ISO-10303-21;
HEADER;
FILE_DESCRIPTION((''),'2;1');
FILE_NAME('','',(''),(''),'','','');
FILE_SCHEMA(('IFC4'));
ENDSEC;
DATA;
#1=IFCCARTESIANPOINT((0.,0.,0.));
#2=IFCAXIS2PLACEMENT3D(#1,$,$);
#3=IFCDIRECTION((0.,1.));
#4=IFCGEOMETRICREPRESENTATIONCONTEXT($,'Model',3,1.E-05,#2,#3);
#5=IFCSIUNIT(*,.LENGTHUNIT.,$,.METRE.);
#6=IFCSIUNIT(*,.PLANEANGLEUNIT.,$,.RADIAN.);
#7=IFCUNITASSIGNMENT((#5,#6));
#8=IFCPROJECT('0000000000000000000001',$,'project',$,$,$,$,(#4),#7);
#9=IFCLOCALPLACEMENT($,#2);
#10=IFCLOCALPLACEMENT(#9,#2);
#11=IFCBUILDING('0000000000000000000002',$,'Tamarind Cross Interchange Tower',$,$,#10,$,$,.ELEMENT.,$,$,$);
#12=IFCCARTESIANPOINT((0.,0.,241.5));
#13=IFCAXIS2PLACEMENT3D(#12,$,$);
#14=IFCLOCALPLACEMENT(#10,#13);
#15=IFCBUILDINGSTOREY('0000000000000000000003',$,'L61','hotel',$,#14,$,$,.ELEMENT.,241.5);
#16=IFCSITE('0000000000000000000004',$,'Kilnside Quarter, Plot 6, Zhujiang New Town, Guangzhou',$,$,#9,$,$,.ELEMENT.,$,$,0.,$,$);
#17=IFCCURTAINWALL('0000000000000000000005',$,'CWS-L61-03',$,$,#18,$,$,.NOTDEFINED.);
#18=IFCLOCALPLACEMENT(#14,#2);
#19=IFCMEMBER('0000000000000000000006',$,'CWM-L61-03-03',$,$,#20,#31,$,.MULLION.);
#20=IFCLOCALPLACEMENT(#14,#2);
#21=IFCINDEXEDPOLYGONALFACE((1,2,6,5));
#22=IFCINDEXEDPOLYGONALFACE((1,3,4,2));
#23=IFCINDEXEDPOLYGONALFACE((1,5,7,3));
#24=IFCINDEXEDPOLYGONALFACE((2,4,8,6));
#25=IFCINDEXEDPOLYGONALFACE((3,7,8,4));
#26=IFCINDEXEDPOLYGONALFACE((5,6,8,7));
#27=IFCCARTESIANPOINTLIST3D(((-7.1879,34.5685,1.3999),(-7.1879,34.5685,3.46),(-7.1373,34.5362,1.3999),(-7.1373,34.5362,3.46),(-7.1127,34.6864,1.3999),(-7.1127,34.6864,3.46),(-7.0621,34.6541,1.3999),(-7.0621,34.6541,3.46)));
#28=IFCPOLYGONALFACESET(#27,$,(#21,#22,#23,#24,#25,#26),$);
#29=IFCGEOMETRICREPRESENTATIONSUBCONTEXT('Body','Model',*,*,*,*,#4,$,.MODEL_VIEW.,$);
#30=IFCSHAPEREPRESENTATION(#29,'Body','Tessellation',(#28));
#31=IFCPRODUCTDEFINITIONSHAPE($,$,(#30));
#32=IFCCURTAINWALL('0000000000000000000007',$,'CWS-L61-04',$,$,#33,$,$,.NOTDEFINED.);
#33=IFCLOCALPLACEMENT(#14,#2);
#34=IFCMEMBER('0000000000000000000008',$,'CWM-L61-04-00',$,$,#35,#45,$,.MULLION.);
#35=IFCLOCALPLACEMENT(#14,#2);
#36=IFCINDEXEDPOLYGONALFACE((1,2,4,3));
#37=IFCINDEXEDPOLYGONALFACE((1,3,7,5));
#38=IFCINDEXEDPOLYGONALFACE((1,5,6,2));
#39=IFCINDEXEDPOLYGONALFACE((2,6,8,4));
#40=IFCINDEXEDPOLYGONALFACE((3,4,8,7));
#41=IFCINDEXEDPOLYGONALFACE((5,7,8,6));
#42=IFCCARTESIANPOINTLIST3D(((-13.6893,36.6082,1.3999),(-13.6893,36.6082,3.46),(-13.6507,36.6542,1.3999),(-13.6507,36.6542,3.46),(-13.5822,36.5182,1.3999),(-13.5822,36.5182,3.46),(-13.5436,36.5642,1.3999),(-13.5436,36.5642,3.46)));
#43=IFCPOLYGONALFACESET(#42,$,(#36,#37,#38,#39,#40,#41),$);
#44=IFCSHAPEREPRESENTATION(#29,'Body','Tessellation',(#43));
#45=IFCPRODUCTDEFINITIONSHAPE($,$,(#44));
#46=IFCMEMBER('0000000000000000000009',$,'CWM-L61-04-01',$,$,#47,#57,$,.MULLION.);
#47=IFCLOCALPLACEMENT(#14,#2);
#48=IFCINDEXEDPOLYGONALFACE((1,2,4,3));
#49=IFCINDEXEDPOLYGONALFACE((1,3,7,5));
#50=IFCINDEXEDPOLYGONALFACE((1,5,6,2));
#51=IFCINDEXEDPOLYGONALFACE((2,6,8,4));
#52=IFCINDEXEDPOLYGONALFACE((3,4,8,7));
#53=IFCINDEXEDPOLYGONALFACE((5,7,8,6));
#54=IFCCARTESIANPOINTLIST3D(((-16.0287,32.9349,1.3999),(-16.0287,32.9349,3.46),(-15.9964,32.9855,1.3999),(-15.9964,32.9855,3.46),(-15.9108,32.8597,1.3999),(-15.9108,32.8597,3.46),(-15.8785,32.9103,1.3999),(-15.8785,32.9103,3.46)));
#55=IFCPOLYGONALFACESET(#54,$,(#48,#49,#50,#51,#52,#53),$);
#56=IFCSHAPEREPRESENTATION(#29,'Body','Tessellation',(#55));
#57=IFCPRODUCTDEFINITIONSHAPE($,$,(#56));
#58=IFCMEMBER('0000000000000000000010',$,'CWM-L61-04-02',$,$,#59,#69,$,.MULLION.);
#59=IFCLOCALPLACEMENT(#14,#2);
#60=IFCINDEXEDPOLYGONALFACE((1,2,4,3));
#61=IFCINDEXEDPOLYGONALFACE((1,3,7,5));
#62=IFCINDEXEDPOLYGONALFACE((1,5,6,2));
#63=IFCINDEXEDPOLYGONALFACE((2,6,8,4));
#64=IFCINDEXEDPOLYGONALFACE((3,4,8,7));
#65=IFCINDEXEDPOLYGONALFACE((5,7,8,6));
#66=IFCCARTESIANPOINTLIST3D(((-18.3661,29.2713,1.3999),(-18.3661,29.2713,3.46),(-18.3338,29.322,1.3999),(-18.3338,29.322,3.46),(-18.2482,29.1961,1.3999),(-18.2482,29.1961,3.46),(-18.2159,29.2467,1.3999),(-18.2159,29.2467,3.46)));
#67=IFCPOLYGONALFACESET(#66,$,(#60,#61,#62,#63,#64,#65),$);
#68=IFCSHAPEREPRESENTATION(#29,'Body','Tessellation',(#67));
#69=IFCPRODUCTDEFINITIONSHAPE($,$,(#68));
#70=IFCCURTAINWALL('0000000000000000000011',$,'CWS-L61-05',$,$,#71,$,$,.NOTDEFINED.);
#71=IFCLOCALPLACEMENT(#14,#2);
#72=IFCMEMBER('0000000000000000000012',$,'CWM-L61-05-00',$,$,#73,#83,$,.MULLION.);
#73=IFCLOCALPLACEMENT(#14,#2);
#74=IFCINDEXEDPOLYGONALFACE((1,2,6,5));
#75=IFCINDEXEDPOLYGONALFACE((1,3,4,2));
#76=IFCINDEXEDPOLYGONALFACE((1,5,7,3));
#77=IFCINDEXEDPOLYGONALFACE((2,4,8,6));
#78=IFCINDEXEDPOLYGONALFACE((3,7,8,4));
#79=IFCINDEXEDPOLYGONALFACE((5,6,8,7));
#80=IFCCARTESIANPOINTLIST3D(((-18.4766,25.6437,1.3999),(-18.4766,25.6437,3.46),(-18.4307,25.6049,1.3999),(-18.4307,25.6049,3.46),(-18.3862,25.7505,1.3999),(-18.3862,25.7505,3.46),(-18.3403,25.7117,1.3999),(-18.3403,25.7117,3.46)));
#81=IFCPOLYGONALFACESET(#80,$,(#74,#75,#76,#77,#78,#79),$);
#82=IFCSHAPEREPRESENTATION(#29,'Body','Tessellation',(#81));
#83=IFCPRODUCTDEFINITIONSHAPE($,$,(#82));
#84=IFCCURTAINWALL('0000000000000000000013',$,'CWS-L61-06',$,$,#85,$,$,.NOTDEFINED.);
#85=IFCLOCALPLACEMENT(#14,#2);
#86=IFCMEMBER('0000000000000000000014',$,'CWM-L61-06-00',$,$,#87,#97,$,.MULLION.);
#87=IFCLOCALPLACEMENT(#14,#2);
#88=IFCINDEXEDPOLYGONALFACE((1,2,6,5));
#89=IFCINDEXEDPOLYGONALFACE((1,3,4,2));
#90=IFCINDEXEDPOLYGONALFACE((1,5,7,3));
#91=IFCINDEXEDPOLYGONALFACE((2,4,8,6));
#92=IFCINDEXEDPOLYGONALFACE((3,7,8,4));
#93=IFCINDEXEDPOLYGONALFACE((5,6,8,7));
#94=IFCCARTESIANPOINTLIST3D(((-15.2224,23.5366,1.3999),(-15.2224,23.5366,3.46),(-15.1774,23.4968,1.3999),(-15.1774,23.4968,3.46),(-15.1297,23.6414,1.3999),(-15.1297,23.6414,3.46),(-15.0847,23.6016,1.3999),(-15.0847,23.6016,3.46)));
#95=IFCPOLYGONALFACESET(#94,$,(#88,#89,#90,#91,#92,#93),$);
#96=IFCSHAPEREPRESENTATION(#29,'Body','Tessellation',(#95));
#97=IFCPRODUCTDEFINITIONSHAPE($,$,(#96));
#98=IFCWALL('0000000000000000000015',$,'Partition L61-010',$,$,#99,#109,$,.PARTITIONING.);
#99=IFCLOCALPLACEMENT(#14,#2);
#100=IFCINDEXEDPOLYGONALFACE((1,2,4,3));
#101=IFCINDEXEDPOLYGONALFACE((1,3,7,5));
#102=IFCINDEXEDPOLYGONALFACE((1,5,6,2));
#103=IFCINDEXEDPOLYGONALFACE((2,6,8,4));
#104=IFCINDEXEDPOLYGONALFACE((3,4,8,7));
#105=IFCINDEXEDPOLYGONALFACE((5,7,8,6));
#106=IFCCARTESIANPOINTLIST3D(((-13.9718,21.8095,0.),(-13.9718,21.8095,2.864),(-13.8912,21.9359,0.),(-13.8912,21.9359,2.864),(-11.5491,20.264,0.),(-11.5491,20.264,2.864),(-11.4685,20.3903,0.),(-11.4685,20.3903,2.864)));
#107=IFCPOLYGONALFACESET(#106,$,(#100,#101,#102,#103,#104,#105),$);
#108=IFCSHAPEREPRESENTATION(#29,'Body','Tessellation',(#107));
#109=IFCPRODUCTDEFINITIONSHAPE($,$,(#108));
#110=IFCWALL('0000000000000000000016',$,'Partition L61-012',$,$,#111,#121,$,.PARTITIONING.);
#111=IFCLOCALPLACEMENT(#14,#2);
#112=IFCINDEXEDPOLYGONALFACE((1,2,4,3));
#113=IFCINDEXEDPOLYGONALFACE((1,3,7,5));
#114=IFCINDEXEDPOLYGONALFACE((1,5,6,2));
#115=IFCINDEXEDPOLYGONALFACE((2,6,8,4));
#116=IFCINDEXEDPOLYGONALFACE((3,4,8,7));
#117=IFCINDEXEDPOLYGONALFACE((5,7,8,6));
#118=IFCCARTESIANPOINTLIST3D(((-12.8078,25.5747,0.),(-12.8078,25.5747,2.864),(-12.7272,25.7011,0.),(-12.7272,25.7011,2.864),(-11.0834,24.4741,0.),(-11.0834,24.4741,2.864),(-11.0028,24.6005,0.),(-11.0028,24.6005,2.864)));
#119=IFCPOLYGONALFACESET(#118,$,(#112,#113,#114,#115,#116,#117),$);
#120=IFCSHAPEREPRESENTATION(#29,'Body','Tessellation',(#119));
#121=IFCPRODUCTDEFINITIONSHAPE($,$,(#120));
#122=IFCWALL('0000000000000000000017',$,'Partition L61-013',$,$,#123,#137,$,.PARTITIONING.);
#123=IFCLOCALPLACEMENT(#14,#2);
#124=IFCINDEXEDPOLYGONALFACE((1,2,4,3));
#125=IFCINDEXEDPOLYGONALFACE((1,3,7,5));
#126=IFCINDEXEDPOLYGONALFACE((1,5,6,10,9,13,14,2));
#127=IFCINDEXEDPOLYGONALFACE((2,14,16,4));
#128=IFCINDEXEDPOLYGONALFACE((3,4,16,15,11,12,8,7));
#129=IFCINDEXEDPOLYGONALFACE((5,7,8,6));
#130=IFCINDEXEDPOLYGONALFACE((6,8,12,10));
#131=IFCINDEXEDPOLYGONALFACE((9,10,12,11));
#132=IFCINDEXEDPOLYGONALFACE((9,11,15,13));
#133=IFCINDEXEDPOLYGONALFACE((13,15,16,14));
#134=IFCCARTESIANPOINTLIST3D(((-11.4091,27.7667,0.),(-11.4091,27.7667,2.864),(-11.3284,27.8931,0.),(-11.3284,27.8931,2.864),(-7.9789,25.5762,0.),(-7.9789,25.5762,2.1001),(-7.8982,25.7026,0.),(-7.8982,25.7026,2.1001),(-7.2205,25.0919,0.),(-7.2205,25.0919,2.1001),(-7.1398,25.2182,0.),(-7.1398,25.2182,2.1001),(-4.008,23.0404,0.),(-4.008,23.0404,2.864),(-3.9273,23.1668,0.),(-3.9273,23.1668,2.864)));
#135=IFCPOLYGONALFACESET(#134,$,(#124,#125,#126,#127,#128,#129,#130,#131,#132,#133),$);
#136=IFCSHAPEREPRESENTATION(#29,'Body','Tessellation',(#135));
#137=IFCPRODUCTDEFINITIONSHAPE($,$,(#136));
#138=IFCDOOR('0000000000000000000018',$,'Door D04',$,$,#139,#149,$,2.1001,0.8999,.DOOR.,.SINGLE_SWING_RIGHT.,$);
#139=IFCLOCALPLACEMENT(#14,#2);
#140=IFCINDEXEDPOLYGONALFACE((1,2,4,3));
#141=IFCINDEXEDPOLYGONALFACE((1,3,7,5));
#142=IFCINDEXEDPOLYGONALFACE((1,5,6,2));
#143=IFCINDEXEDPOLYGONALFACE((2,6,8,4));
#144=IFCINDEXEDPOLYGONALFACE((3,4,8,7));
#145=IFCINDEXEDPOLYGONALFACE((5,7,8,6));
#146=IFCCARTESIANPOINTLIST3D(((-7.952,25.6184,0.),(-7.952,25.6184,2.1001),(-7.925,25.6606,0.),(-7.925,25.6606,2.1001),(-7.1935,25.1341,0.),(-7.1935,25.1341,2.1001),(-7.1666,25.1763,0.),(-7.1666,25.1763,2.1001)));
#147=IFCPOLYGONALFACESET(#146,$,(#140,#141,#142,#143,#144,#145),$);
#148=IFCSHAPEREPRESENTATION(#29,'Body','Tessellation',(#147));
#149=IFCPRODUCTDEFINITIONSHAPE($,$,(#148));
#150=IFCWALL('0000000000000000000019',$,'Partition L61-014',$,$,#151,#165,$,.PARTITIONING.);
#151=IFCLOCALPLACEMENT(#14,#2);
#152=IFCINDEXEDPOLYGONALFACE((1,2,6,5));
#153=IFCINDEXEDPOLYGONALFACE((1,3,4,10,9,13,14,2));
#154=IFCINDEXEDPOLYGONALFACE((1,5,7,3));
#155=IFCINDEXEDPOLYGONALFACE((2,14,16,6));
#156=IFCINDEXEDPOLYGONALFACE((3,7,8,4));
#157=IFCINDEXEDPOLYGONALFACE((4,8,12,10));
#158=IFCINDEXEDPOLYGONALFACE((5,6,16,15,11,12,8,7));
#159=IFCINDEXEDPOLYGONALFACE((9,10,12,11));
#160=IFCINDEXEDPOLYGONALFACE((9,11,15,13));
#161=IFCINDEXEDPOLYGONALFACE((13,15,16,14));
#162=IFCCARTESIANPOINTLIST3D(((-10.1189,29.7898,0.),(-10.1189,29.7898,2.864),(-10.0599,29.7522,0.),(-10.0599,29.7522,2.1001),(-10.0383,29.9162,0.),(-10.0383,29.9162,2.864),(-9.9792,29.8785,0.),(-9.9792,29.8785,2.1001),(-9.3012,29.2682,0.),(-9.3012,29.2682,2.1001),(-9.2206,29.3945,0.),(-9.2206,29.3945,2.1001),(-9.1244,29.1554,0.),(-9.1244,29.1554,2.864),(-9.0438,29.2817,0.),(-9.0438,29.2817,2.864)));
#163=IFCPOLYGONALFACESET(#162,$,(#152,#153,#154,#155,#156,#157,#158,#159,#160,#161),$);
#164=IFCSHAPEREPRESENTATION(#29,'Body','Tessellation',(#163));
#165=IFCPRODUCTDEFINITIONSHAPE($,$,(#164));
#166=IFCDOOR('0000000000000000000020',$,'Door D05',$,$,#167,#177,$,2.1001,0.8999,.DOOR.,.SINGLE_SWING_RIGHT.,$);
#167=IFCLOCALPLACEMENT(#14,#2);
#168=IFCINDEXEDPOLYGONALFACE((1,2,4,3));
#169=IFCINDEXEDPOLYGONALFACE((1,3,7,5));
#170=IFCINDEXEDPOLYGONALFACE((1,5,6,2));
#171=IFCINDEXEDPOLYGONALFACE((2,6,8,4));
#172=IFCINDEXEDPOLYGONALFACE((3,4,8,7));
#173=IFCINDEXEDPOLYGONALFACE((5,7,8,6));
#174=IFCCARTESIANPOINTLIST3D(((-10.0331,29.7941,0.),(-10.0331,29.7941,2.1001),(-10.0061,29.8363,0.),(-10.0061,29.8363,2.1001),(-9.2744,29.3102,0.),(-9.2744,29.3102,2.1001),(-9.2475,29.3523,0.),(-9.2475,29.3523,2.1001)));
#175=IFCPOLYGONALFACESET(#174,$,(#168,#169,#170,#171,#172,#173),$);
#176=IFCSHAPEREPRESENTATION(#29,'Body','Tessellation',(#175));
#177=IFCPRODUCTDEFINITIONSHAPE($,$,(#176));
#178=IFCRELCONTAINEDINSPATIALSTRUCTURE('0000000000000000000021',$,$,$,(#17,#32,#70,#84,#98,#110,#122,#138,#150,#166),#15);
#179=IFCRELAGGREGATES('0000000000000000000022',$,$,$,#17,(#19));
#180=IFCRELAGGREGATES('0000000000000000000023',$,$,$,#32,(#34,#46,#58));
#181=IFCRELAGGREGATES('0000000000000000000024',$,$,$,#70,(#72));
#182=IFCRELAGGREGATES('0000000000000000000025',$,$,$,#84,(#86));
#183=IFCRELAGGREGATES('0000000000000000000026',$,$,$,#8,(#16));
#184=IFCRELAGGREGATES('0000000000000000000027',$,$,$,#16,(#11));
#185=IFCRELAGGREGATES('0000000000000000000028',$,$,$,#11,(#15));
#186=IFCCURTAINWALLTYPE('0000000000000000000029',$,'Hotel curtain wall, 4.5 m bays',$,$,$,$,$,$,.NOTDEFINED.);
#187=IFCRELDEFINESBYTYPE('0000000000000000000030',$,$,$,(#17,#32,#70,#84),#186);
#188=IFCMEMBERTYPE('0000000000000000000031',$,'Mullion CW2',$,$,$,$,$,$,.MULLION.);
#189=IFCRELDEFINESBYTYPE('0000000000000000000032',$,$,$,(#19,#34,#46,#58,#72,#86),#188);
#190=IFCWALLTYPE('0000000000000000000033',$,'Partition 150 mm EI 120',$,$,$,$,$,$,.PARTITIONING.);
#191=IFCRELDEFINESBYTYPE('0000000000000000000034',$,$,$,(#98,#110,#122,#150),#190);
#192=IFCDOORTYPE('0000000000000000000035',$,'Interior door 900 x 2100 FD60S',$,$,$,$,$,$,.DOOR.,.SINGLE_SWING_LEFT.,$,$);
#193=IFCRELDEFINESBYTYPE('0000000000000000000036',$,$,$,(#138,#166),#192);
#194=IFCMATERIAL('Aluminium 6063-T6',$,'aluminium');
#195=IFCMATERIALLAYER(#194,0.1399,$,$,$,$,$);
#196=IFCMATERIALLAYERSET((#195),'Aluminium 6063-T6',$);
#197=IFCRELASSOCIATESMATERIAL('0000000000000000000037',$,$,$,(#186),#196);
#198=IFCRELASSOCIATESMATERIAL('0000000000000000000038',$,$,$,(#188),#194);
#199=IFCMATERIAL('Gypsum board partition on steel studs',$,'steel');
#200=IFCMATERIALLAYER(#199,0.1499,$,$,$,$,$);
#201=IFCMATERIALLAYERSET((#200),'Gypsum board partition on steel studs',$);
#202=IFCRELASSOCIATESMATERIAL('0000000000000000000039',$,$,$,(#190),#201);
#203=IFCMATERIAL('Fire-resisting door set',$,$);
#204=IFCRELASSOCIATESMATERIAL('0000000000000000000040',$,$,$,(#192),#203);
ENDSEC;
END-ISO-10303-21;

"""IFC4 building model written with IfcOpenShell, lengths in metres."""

from ifc_helpers import new_model, si_unit, direction, frame, frame_2d, origin, origin_2d, place, context, subcontext, project, spatial, rectangle, extrude, material, layer, layer_set, material_profile, profile_set, type_object, element, fill, aggregate, save


model = new_model("IFC4")

# Units and contexts
model_context = context("Model", 3, precision=1e-05, world=origin(), true_north=direction((0.0, 1.0)))
body_context = subcontext(model_context, "Body", "Model", "MODEL_VIEW")
ifc_project = project(units=[si_unit("LENGTHUNIT", "METRE"), si_unit("PLANEANGLEUNIT", "RADIAN")], contexts=[model_context])

# Site, building, storey
site_placement = place(None, origin())
site = spatial("IfcSite", under=ifc_project, at=site_placement, Name="Kilnside Quarter, Plot 6, Zhujiang New Town, Guangzhou", CompositionType="ELEMENT", RefElevation=0.0)
building_placement = place(site_placement, origin())
building = spatial("IfcBuilding", under=site, at=building_placement, Name="Tamarind Cross Interchange Tower", CompositionType="ELEMENT")
storey_placement = place(building_placement, frame((0.0, 0.0, 241.5)))
storey = spatial("IfcBuildingStorey", under=building, at=storey_placement, Name="L61", Description="hotel", CompositionType="ELEMENT", Elevation=241.5)

# Curtain wall, member
ifc_material_1 = material(Name="Aluminium 6063-T6", Category="aluminium")
ifc_layer_1 = layer(ifc_material_1, 0.1399)
ifc_layer_set_1 = layer_set([ifc_layer_1], Name="Aluminium 6063-T6")
curtain_wall_type = type_object("IfcCurtainWallType", Name="Hotel curtain wall, 4.5 m bays", PredefinedType="NOTDEFINED", material=ifc_layer_set_1)
curtain_wall_1_placement = place(storey_placement, origin())
curtain_wall_1 = element("IfcCurtainWall", 1, at=curtain_wall_1_placement, inside=storey, type_object=curtain_wall_type, Name="CWS-L61-03", PredefinedType="NOTDEFINED")
ifc_material_profile_1 = material_profile(ifc_material_1, rectangle(XDim=0.0601, YDim=0.1399, at=origin_2d()), Name="Mullion CW2")
ifc_profile_set_1 = profile_set([ifc_material_profile_1], Name="Aluminium 6063-T6")
member_type = type_object("IfcMemberType", Name="Mullion CW2", PredefinedType="MULLION", material=ifc_profile_set_1)
member_1_placement = place(storey_placement, frame((-7.125, 34.6113, 1.3999), z_axis=(0.0, 0.0, 1.0), x_axis=(-0.843054, 0.537829, 0.0)))
member_1 = element("IfcMember", 2, at=member_1_placement, type_object=member_type, Name="CWM-L61-03-03", PredefinedType="MULLION", context=body_context, shape_type="SweptSolid", body=[
    extrude(rectangle(XDim=0.0601, YDim=0.1399, at=origin_2d()), origin(), (0.0, 0.0, 1.0), 2.0601),
])
aggregate(curtain_wall_1, [member_1])

# Curtain wall, members
curtain_wall_2_placement = place(storey_placement, origin())
curtain_wall_2 = element("IfcCurtainWall", 3, at=curtain_wall_2_placement, inside=storey, type_object=curtain_wall_type, Name="CWS-L61-04", PredefinedType="NOTDEFINED")
member_2_placement = place(storey_placement, frame((-13.6165, 36.5862, 1.3999), z_axis=(0.0, 0.0, 1.0), x_axis=(-0.643269, -0.76564, 0.0)))
member_2 = element("IfcMember", 4, at=member_2_placement, type_object=member_type, Name="CWM-L61-04-00", PredefinedType="MULLION", context=body_context, shape_type="SweptSolid", body=[
    extrude(rectangle(XDim=0.0601, YDim=0.1399, at=origin_2d()), origin(), (0.0, 0.0, 1.0), 2.0601),
])
member_3_placement = place(storey_placement, frame((-15.9536, 32.9226, 1.3999), z_axis=(0.0, 0.0, 1.0), x_axis=(-0.537829, -0.843054, 0.0)))
member_3 = element("IfcMember", 5, at=member_3_placement, type_object=member_type, Name="CWM-L61-04-01", PredefinedType="MULLION", context=body_context, shape_type="SweptSolid", body=[
    extrude(rectangle(XDim=0.0601, YDim=0.1399, at=origin_2d()), origin(), (0.0, 0.0, 1.0), 2.0601),
])
member_4_placement = place(storey_placement, frame((-18.291, 29.259, 1.3999), z_axis=(0.0, 0.0, 1.0), x_axis=(-0.537829, -0.843054, 0.0)))
member_4 = element("IfcMember", 6, at=member_4_placement, type_object=member_type, Name="CWM-L61-04-02", PredefinedType="MULLION", context=body_context, shape_type="SweptSolid", body=[
    extrude(rectangle(XDim=0.0601, YDim=0.1399, at=origin_2d()), origin(), (0.0, 0.0, 1.0), 2.0601),
])
aggregate(curtain_wall_2, [member_2, member_3, member_4])

# Curtain walls, members
curtain_wall_3_placement = place(storey_placement, origin())
curtain_wall_3 = element("IfcCurtainWall", 7, at=curtain_wall_3_placement, inside=storey, type_object=curtain_wall_type, Name="CWS-L61-05", PredefinedType="NOTDEFINED")
member_5_placement = place(storey_placement, frame((-18.4084, 25.6777, 1.3999), z_axis=(0.0, 0.0, 1.0), x_axis=(0.763383, -0.645946, 0.0)))
member_5 = element("IfcMember", 8, at=member_5_placement, type_object=member_type, Name="CWM-L61-05-00", PredefinedType="MULLION", context=body_context, shape_type="SweptSolid", body=[
    extrude(rectangle(XDim=0.0601, YDim=0.1399, at=origin_2d()), origin(), (0.0, 0.0, 1.0), 2.0601),
])
aggregate(curtain_wall_3, [member_5])
curtain_wall_4_placement = place(storey_placement, origin())
curtain_wall_4 = element("IfcCurtainWall", 9, at=curtain_wall_4_placement, inside=storey, type_object=curtain_wall_type, Name="CWS-L61-06", PredefinedType="NOTDEFINED")
member_6_placement = place(storey_placement, frame((-15.1536, 23.5691, 1.3999), z_axis=(0.0, 0.0, 1.0), x_axis=(0.749194, -0.662351, 0.0)))
member_6 = element("IfcMember", 10, at=member_6_placement, type_object=member_type, Name="CWM-L61-06-00", PredefinedType="MULLION", context=body_context, shape_type="SweptSolid", body=[
    extrude(rectangle(XDim=0.0601, YDim=0.1399, at=origin_2d()), origin(), (0.0, 0.0, 1.0), 2.0601),
])
aggregate(curtain_wall_4, [member_6])

# Walls
ifc_material_2 = material(Name="Gypsum board partition on steel studs", Category="steel")
ifc_layer_2 = layer(ifc_material_2, 0.1499)
ifc_layer_set_2 = layer_set([ifc_layer_2], Name="Gypsum board partition on steel studs")
wall_type = type_object("IfcWallType", Name="Partition 150 mm EI 120", PredefinedType="PARTITIONING", material=ifc_layer_set_2)
wall_1_placement = place(storey_placement, frame((-13.9316, 21.8728, 0.0), z_axis=(0.0, 0.0, 1.0), x_axis=(0.843056, -0.537826, 0.0)))
element("IfcWall", 11, at=wall_1_placement, inside=storey, type_object=wall_type, Name="Partition L61-010", PredefinedType="PARTITIONING", context=body_context, shape_type="SweptSolid", body=[
    extrude(rectangle(XDim=2.8738, YDim=0.1499, at=frame_2d((1.437, 0.0))), origin(), (0.0, 0.0, 1.0), 2.864),
])
wall_2_placement = place(storey_placement, frame((-12.7676, 25.6379, 0.0), z_axis=(0.0, 0.0, 1.0), x_axis=(0.842938, -0.53801, 0.0)))
element("IfcWall", 12, at=wall_2_placement, inside=storey, type_object=wall_type, Name="Partition L61-012", PredefinedType="PARTITIONING", context=body_context, shape_type="SweptSolid", body=[
    extrude(rectangle(XDim=2.0457, YDim=0.1499, at=frame_2d((1.0229, 0.0))), origin(), (0.0, 0.0, 1.0), 2.864),
])

# Walls, openings, doors
wall_3_placement = place(storey_placement, frame((-11.3687, 27.8298, 0.0), z_axis=(0.0, 0.0, 1.0), x_axis=(0.842809, -0.538213, 0.0)))
wall_3 = element("IfcWall", 13, at=wall_3_placement, inside=storey, type_object=wall_type, Name="Partition L61-013", PredefinedType="PARTITIONING", context=body_context, shape_type="SweptSolid", body=[
    extrude(rectangle(XDim=8.7815, YDim=0.1499, at=frame_2d((4.3906, 0.0))), origin(), (0.0, 0.0, 1.0), 2.864),
])
opening_1_placement = place(wall_3_placement, frame((4.0698, 0.0, 0.0)))
opening_1 = element("IfcOpeningElement", 14, at=opening_1_placement, cuts=wall_3, PredefinedType="OPENING", context=body_context, shape_type="SweptSolid", body=[
    extrude(rectangle(XDim=0.8999, YDim=2.1001, at=frame_2d((0.45, 1.05))), frame((0.0, 0.085, 0.0), z_axis=(0.0, -1.0, 0.0), x_axis=(1.0, 0.0, 0.0)), (0.0, 0.0, 1.0), 0.1699),
])
ifc_material_3 = material(Name="Fire-resisting door set")
door_type_1 = type_object("IfcDoorType", Name="Interior door 900 x 2100 FD60S", OperationType="SINGLE_SWING_LEFT", PredefinedType="DOOR", material=ifc_material_3)
door_1_placement = place(opening_1_placement, frame((0.8999, 0.0, 0.0), z_axis=(0.0, 0.0, 1.0), x_axis=(-1.0, 0.0, 0.0)))
door_1 = element("IfcDoor", 15, at=door_1_placement, inside=storey, type_object=door_type_1, Name="Door D04", OperationType="SINGLE_SWING_RIGHT", OverallHeight=2.1001, OverallWidth=0.8999, PredefinedType="DOOR", context=body_context, shape_type="SweptSolid", body=[
    extrude(rectangle(XDim=0.8999, YDim=2.1001, at=frame_2d((0.45, 1.05))), frame((0.0, 0.0249, 0.0), z_axis=(0.0, -1.0, 0.0), x_axis=(1.0, 0.0, 0.0)), (0.0, 0.0, 1.0), 0.05),
])
fill(opening_1, door_1)
wall_4_placement = place(storey_placement, frame((-10.0786, 29.853, 0.0), z_axis=(0.0, 0.0, 1.0), x_axis=(0.843056, -0.537826, 0.0)))
wall_4 = element("IfcWall", 16, at=wall_4_placement, inside=storey, type_object=wall_type, Name="Partition L61-014", PredefinedType="PARTITIONING", context=body_context, shape_type="SweptSolid", body=[
    extrude(rectangle(XDim=1.1797, YDim=0.1499, at=frame_2d((0.5898, 0.0))), origin(), (0.0, 0.0, 1.0), 2.864),
])
opening_2_placement = place(wall_4_placement, frame((0.0701, 0.0, 0.0)))
opening_2 = element("IfcOpeningElement", 17, at=opening_2_placement, cuts=wall_4, PredefinedType="OPENING", context=body_context, shape_type="SweptSolid", body=[
    extrude(rectangle(XDim=0.8999, YDim=2.1001, at=frame_2d((0.45, 1.05))), frame((0.0, 0.085, 0.0), z_axis=(0.0, -1.0, 0.0), x_axis=(1.0, 0.0, 0.0)), (0.0, 0.0, 1.0), 0.1699),
])
door_2_placement = place(opening_2_placement, origin())
door_2 = element("IfcDoor", 18, at=door_2_placement, inside=storey, type_object=door_type_1, Name="Door D05", OperationType="SINGLE_SWING_RIGHT", OverallHeight=2.1001, OverallWidth=0.8999, PredefinedType="DOOR", context=body_context, shape_type="SweptSolid", body=[
    extrude(rectangle(XDim=0.8999, YDim=2.1001, at=frame_2d((0.45, 1.05))), frame((0.0, 0.0249, 0.0), z_axis=(0.0, -1.0, 0.0), x_axis=(1.0, 0.0, 0.0)), (0.0, 0.0, 1.0), 0.05),
])
fill(opening_2, door_2)

save(model, "model.ifc")
